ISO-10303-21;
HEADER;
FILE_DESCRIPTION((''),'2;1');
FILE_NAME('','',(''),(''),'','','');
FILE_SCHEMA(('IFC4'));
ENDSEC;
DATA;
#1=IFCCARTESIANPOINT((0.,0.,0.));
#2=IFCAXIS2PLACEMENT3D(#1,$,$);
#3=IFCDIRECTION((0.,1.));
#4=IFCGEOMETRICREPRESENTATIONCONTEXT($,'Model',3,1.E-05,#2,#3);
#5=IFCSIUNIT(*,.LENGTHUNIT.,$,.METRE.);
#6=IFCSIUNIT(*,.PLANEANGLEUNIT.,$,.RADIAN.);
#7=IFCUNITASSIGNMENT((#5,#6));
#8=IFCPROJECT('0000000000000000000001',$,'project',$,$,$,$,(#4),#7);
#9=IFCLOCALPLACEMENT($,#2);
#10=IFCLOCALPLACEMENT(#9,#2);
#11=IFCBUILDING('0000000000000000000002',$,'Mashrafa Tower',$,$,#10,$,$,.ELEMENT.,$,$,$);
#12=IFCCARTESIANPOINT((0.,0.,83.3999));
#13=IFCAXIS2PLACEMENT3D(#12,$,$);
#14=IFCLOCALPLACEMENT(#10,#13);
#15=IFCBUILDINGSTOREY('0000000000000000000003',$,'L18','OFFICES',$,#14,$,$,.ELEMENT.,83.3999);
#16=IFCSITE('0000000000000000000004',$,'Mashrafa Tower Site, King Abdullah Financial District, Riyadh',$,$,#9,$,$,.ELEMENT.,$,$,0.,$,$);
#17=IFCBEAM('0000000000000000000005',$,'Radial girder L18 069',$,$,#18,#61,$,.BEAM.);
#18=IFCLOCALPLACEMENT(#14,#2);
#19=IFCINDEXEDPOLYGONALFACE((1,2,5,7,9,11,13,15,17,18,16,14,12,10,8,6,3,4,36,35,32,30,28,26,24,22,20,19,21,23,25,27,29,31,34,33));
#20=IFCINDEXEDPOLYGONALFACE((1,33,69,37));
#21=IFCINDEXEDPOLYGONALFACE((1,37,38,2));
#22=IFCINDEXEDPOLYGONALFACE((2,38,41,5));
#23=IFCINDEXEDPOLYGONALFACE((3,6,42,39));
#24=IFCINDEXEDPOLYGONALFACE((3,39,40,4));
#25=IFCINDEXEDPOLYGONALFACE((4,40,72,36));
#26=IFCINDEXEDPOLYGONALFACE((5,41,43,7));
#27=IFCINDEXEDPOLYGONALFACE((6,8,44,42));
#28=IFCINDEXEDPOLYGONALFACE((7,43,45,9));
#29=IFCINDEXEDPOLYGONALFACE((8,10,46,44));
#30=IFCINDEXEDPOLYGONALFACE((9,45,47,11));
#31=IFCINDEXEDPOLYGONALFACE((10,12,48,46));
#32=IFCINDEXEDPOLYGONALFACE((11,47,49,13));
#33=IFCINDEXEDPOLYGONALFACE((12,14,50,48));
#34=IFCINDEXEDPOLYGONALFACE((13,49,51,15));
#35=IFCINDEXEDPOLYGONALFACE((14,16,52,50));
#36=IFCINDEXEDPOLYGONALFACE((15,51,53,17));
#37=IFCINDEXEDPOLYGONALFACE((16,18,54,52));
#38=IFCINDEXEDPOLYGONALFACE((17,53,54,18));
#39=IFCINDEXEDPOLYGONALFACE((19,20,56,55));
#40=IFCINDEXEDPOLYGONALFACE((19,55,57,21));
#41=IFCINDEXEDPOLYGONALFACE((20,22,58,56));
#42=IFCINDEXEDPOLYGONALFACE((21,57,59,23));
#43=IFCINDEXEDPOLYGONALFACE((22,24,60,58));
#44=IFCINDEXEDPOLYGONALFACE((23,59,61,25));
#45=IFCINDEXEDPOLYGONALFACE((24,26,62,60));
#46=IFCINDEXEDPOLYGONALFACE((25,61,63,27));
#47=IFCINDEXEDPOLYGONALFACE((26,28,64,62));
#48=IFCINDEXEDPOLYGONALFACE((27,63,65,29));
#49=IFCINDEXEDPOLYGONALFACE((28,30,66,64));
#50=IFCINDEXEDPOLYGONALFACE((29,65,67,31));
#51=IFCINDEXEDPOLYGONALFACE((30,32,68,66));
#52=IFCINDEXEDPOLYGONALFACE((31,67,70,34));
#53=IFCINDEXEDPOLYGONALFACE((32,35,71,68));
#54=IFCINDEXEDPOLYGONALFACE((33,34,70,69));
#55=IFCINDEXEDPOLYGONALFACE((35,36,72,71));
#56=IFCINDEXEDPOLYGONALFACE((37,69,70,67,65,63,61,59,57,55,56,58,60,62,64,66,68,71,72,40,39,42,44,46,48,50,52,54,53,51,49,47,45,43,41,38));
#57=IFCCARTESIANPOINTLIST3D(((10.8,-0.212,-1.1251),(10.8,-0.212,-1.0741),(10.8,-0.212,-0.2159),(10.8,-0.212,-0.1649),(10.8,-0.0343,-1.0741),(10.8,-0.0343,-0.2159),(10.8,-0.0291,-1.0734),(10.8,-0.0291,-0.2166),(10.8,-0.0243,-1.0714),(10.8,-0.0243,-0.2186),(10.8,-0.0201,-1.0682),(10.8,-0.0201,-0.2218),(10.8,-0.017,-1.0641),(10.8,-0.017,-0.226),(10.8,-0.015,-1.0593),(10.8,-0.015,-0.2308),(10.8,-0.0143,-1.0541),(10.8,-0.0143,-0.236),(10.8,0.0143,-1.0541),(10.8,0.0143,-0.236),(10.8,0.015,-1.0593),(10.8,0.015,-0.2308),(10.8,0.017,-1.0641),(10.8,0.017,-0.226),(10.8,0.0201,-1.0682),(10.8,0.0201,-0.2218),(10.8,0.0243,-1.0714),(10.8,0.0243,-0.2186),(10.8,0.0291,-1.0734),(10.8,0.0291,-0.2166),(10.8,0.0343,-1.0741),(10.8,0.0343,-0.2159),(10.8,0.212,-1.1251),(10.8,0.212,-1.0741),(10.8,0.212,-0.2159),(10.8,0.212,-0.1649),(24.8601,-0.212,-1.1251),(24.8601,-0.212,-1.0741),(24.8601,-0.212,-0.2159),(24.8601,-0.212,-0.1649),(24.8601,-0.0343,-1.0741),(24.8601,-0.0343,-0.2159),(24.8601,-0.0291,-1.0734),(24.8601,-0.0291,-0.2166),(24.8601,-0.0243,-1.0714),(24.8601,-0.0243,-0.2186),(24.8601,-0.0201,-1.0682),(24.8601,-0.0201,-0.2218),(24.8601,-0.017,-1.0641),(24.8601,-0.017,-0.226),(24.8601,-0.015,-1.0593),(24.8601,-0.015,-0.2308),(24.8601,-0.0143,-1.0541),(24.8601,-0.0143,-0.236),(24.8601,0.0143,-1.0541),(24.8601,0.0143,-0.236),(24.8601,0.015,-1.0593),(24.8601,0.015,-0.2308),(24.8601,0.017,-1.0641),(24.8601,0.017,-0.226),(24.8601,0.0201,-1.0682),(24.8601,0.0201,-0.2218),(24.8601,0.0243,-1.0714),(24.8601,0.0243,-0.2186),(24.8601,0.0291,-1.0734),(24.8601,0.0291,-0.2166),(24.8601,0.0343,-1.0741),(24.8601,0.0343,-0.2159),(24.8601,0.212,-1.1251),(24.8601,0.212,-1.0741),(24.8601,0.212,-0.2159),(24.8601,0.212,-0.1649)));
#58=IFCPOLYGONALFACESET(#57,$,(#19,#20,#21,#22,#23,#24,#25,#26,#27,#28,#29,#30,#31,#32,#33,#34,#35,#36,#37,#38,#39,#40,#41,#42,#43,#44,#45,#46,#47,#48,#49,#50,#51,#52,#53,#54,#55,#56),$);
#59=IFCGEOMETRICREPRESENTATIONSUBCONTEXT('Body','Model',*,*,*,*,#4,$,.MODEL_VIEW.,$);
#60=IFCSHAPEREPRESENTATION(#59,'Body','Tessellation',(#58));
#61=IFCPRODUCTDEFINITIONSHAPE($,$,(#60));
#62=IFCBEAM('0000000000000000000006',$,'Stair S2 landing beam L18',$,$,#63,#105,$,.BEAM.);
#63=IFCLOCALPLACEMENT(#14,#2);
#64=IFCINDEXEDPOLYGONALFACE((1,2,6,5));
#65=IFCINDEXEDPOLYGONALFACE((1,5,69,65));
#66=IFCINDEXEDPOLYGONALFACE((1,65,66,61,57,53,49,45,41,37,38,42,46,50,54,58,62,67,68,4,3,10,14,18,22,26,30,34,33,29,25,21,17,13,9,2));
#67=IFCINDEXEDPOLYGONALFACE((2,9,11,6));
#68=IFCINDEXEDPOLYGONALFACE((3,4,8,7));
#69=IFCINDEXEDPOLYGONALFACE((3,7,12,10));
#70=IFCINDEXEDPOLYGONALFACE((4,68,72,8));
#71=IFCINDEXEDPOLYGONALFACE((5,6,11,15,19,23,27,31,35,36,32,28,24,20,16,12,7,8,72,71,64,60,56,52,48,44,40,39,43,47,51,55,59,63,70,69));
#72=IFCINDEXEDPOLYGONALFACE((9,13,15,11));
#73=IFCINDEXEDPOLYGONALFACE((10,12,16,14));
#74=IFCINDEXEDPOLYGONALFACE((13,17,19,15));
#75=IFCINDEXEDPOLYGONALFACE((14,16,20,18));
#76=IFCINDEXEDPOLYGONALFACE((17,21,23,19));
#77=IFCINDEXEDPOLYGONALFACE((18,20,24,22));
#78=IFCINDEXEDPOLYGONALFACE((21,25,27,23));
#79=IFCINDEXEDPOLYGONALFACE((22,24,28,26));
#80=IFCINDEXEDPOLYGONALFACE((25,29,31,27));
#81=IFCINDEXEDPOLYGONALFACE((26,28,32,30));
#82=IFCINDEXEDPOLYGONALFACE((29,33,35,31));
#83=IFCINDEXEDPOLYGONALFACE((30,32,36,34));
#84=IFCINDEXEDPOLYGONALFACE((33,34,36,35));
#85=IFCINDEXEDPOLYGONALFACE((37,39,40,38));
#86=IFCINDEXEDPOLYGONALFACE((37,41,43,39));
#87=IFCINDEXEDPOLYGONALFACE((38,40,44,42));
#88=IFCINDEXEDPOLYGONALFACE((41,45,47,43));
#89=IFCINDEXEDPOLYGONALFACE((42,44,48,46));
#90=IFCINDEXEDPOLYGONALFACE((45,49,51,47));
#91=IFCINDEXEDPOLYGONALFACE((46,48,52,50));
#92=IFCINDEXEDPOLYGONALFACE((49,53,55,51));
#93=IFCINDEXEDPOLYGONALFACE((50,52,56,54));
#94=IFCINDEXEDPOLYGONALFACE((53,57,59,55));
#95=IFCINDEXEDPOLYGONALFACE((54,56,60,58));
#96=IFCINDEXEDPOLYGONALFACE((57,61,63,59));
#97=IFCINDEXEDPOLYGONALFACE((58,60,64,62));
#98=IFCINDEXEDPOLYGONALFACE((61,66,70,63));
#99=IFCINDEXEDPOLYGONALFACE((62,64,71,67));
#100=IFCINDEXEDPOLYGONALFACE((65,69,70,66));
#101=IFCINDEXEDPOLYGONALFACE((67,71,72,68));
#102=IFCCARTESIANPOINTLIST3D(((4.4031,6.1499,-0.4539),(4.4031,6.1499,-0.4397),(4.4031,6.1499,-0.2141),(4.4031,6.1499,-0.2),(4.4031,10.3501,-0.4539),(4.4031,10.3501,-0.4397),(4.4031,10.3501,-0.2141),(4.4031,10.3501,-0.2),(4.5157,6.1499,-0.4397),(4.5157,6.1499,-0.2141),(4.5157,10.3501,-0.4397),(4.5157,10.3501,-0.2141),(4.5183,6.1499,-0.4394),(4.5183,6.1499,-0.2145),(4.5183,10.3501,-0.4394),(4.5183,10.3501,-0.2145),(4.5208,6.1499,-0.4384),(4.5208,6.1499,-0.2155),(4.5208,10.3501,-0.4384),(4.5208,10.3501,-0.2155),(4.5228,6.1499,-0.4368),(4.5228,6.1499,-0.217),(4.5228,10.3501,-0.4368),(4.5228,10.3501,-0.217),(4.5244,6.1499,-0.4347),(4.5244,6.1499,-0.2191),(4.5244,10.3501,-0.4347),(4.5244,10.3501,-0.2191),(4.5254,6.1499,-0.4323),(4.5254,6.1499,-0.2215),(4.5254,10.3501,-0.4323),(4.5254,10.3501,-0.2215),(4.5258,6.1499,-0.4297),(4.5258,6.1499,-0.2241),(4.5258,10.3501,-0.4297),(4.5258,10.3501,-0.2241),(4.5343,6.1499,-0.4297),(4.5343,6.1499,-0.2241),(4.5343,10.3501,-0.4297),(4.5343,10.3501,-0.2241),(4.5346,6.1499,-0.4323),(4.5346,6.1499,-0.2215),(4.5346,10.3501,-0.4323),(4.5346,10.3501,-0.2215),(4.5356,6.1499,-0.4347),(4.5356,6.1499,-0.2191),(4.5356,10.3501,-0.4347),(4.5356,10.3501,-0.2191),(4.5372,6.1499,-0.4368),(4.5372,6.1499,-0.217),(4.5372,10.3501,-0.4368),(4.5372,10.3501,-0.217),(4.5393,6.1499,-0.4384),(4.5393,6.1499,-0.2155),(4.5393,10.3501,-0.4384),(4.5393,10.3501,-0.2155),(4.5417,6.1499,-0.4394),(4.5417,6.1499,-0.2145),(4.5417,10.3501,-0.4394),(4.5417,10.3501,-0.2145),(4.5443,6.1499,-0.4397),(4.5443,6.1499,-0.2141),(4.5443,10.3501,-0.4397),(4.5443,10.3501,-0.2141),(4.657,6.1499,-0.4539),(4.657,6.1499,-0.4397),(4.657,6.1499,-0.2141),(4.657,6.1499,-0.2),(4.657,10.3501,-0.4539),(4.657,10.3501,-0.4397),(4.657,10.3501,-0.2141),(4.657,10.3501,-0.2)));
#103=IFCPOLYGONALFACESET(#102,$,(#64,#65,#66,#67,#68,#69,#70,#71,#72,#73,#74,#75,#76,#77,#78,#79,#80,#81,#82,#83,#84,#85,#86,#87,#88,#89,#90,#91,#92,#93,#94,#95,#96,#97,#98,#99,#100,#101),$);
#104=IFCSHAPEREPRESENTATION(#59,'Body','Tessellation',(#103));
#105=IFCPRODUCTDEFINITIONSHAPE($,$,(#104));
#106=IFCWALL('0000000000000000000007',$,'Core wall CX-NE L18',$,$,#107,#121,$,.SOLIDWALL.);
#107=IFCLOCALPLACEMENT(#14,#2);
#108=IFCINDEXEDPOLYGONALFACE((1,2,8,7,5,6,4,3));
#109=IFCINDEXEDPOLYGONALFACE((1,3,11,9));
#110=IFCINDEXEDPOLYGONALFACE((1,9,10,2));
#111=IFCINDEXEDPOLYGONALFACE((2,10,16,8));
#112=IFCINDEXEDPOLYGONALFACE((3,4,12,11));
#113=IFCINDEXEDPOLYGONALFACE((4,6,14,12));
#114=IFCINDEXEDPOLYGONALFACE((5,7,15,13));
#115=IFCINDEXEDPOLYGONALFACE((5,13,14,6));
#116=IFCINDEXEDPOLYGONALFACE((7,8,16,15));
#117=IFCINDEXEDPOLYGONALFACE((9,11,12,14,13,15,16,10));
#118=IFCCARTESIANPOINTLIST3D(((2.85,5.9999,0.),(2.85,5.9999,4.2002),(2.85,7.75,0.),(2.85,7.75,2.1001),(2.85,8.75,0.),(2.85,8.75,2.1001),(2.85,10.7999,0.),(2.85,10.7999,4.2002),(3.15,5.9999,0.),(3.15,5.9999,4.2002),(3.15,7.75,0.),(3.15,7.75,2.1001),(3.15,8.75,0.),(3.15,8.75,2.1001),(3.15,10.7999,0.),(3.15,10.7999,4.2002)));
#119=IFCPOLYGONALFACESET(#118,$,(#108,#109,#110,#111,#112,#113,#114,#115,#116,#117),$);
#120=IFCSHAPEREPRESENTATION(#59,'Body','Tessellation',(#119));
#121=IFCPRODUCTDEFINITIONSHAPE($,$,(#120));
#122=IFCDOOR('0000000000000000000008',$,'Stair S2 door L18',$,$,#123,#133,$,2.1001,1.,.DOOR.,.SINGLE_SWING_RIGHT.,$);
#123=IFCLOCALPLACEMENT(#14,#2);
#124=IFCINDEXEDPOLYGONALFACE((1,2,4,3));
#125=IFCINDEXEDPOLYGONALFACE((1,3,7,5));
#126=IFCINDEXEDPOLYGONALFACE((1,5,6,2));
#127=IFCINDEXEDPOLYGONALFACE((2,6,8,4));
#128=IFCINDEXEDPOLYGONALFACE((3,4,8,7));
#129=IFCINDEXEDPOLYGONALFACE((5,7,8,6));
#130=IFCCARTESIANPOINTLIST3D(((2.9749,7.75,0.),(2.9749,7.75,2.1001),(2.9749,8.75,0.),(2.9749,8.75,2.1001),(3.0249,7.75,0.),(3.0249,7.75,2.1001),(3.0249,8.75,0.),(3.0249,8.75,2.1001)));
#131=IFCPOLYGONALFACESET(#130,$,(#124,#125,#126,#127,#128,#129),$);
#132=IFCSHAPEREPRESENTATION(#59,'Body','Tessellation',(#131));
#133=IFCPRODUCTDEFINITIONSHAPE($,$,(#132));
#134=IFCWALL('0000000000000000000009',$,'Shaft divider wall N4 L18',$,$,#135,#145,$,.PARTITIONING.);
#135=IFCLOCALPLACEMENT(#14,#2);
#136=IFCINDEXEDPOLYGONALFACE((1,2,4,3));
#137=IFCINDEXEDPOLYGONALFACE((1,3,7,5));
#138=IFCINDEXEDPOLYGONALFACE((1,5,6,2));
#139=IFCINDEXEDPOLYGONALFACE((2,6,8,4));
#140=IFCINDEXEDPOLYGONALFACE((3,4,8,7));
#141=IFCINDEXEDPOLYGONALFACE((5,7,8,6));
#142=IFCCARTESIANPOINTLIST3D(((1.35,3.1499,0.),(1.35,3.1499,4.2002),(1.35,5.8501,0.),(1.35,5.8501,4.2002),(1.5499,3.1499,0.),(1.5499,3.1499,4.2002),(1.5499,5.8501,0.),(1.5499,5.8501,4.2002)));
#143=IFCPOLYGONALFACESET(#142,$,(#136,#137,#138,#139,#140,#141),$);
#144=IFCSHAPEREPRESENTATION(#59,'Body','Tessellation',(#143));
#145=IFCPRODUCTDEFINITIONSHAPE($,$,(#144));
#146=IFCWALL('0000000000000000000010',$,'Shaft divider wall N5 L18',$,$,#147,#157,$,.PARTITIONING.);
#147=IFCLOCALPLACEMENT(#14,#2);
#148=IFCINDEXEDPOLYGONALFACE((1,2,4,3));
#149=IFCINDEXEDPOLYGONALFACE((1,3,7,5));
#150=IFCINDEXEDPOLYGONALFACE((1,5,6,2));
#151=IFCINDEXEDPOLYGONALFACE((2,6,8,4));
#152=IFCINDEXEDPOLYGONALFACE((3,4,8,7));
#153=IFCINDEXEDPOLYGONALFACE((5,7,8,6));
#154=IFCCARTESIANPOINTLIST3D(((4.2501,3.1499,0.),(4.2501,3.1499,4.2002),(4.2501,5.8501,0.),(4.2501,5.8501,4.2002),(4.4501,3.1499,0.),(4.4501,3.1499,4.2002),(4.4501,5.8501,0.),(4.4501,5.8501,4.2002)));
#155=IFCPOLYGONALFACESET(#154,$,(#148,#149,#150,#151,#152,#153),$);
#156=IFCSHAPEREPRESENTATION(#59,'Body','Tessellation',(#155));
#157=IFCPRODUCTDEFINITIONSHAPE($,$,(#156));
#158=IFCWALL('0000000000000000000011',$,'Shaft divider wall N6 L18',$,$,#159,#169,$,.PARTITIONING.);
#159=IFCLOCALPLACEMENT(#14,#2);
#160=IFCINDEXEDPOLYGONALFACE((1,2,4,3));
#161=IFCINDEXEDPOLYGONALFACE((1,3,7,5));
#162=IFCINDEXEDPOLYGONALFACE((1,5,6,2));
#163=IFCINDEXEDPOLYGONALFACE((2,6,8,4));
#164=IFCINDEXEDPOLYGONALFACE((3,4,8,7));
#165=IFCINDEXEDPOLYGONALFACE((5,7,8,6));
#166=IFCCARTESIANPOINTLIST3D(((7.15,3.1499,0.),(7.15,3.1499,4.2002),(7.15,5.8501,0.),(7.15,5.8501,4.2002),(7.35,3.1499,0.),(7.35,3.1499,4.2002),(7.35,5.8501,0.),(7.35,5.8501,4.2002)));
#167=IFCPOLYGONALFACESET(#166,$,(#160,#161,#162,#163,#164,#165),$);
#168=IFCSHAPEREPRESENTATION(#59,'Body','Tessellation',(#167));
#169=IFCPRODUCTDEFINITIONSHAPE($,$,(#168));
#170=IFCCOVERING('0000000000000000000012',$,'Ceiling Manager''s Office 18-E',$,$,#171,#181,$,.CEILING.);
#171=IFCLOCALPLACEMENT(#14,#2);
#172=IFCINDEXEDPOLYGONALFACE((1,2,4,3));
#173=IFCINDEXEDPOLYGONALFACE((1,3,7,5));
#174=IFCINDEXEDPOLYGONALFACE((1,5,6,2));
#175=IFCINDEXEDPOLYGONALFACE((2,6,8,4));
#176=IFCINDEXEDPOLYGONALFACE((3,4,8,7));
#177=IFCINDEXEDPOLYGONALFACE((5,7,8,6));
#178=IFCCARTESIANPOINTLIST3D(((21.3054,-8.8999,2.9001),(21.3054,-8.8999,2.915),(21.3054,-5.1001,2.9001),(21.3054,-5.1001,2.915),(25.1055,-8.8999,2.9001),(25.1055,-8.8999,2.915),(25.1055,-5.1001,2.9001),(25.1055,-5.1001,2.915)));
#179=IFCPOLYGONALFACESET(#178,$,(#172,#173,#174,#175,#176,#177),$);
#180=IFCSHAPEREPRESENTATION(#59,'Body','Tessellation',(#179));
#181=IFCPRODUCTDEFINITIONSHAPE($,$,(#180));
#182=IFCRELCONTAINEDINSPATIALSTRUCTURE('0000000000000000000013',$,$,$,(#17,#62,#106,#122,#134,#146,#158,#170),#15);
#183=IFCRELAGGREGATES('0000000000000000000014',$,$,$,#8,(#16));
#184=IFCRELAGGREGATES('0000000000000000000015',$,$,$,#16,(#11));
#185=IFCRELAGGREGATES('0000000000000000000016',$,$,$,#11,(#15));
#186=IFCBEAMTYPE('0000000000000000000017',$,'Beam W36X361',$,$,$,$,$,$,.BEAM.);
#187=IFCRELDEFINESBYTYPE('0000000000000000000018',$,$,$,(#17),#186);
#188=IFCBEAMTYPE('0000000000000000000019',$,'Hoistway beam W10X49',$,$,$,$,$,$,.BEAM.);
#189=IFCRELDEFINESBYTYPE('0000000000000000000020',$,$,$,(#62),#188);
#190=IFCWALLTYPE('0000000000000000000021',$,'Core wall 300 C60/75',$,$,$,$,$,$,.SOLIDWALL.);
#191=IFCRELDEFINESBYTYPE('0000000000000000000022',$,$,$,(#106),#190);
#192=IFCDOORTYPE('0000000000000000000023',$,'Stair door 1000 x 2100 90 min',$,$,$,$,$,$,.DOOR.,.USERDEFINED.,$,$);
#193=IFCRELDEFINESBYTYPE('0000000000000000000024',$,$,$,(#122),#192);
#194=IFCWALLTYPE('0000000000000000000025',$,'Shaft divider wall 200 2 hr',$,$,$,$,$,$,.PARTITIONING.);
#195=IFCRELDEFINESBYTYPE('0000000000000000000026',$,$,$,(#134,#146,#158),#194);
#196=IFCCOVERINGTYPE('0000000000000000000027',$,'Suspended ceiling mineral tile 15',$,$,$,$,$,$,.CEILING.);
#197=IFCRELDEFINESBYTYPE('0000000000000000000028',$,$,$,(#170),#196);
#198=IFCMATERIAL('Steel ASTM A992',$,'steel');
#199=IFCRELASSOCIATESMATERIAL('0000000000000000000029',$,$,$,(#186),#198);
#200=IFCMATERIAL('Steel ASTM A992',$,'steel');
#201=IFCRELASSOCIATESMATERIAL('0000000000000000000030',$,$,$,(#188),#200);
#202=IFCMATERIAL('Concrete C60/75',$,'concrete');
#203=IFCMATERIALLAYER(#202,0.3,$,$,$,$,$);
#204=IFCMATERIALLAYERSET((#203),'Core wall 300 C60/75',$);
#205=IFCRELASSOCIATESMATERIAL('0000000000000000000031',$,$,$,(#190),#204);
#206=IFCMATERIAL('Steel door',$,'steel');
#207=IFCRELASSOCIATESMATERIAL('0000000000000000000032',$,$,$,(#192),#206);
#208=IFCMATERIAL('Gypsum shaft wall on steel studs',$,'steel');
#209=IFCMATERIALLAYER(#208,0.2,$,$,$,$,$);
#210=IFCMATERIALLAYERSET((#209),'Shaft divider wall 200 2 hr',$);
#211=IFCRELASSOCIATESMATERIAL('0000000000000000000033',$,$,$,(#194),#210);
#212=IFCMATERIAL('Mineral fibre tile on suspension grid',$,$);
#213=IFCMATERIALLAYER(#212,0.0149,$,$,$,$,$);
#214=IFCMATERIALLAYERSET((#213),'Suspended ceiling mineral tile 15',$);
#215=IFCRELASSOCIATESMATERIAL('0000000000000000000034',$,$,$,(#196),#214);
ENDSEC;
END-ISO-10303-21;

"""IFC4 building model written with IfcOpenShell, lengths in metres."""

from ifc_helpers import new_model, si_unit, direction, frame, frame_2d, origin, origin_2d, place, context, subcontext, project, spatial, polyline, rectangle, i_section, outline, extrude, material, layer, layer_set, material_profile, profile_set, type_object, element, fill, save


model = new_model("IFC4")

# Units and contexts
model_context = context("Model", 3, precision=1e-05, world=origin(), true_north=direction((0.0, 1.0)))
body_context = subcontext(model_context, "Body", "Model", "MODEL_VIEW")
ifc_project = project(units=[si_unit("LENGTHUNIT", "METRE"), si_unit("PLANEANGLEUNIT", "RADIAN")], contexts=[model_context])

# Site, building, storey
site_placement = place(None, origin())
site = spatial("IfcSite", under=ifc_project, at=site_placement, Name="Mashrafa Tower Site, King Abdullah Financial District, Riyadh", CompositionType="ELEMENT", RefElevation=0.0)
building_placement = place(site_placement, origin())
building = spatial("IfcBuilding", under=site, at=building_placement, Name="Mashrafa Tower", CompositionType="ELEMENT")
storey_placement = place(building_placement, frame((0.0, 0.0, 83.3999)))
storey = spatial("IfcBuildingStorey", under=building, at=storey_placement, Name="L18", Description="OFFICES", CompositionType="ELEMENT", Elevation=83.3999)

# Beams
ifc_material_1 = material(Name="Steel ASTM A992", Category="steel")
ifc_material_profile_1 = material_profile(ifc_material_1, i_section(OverallWidth=0.4241, OverallDepth=0.9602, WebThickness=0.0286, FlangeThickness=0.051, FilletRadius=0.02, at=origin_2d()), Name="W36X361")
ifc_profile_set_1 = profile_set([ifc_material_profile_1], Name="Steel ASTM A992")
beam_type_1 = type_object("IfcBeamType", Name="Beam W36X361", PredefinedType="BEAM", material=ifc_profile_set_1)
beam_1_placement = place(storey_placement, frame((10.8, 0.0, -0.645), z_axis=(1.0, 0.0, 0.0), x_axis=(0.0, 1.0, 0.0)))
element("IfcBeam", 1, at=beam_1_placement, inside=storey, type_object=beam_type_1, Name="Radial girder L18 069", PredefinedType="BEAM", context=body_context, shape_type="SweptSolid", body=[
    extrude(i_section(OverallWidth=0.4241, OverallDepth=0.9602, WebThickness=0.0286, FlangeThickness=0.051, FilletRadius=0.02, at=origin_2d()), origin(), (0.0, 0.0, 1.0), 14.0601),
])
ifc_material_2 = material(Name="Steel ASTM A992", Category="steel")
ifc_material_profile_2 = material_profile(ifc_material_2, i_section(OverallWidth=0.2539, OverallDepth=0.2539, WebThickness=0.0085, FlangeThickness=0.0142, FilletRadius=0.01, at=origin_2d()), Name="W10X49")
ifc_profile_set_2 = profile_set([ifc_material_profile_2], Name="Steel ASTM A992")
beam_type_2 = type_object("IfcBeamType", Name="Hoistway beam W10X49", PredefinedType="BEAM", material=ifc_profile_set_2)
beam_2_placement = place(storey_placement, frame((4.53, 6.1499, -0.3269), z_axis=(0.0, 1.0, 0.0), x_axis=(-1.0, 0.0, 0.0)))
element("IfcBeam", 2, at=beam_2_placement, inside=storey, type_object=beam_type_2, Name="Stair S2 landing beam L18", PredefinedType="BEAM", context=body_context, shape_type="SweptSolid", body=[
    extrude(i_section(OverallWidth=0.2539, OverallDepth=0.2539, WebThickness=0.0085, FlangeThickness=0.0142, FilletRadius=0.01, at=origin_2d()), origin(), (0.0, 0.0, 1.0), 4.2002),
])

# Wall, opening, door
ifc_material_3 = material(Name="Concrete C60/75", Category="concrete")
ifc_layer_1 = layer(ifc_material_3, 0.3)
ifc_layer_set_1 = layer_set([ifc_layer_1], Name="Core wall 300 C60/75")
wall_type_1 = type_object("IfcWallType", Name="Core wall 300 C60/75", PredefinedType="SOLIDWALL", material=ifc_layer_set_1)
wall_placement = place(storey_placement, frame((3.0, 6.0, 0.0), z_axis=(0.0, 0.0, 1.0), x_axis=(0.0, 1.0, 0.0)))
wall = element("IfcWall", 3, at=wall_placement, inside=storey, type_object=wall_type_1, Name="Core wall CX-NE L18", PredefinedType="SOLIDWALL", context=body_context, shape_type="SweptSolid", body=[
    extrude(rectangle(XDim=4.8, YDim=0.3, at=frame_2d((2.3999, 0.0))), origin(), (0.0, 0.0, 1.0), 4.2002),
])
opening_placement = place(wall_placement, frame((1.75, 0.0, 0.0)))
opening = element("IfcOpeningElement", 4, at=opening_placement, cuts=wall, PredefinedType="OPENING", context=body_context, shape_type="SweptSolid", body=[
    extrude(rectangle(XDim=1.0, YDim=2.1001, at=frame_2d((0.5, 1.05))), frame((0.0, 0.1599, 0.0), z_axis=(0.0, -1.0, 0.0), x_axis=(1.0, 0.0, 0.0)), (0.0, 0.0, 1.0), 0.3201),
])
ifc_material_4 = material(Name="Steel door", Category="steel")
door_type = type_object("IfcDoorType", Name="Stair door 1000 x 2100 90 min", OperationType="USERDEFINED", PredefinedType="DOOR", material=ifc_material_4)
door_placement = place(opening_placement, frame((1.0, 0.0, 0.0), z_axis=(0.0, 0.0, 1.0), x_axis=(-1.0, 0.0, 0.0)))
door = element("IfcDoor", 5, at=door_placement, inside=storey, type_object=door_type, Name="Stair S2 door L18", OperationType="SINGLE_SWING_RIGHT", OverallHeight=2.1001, OverallWidth=1.0, PredefinedType="DOOR", context=body_context, shape_type="SweptSolid", body=[
    extrude(rectangle(XDim=1.0, YDim=2.1001, at=frame_2d((0.5, 1.05))), frame((0.0, 0.0249, 0.0), z_axis=(0.0, -1.0, 0.0), x_axis=(1.0, 0.0, 0.0)), (0.0, 0.0, 1.0), 0.05),
])
fill(opening, door)

# Walls
ifc_material_5 = material(Name="Gypsum shaft wall on steel studs", Category="steel")
ifc_layer_2 = layer(ifc_material_5, 0.2)
ifc_layer_set_2 = layer_set([ifc_layer_2], Name="Shaft divider wall 200 2 hr")
wall_type_2 = type_object("IfcWallType", Name="Shaft divider wall 200 2 hr", PredefinedType="PARTITIONING", material=ifc_layer_set_2)
for number, where, z_axis, x_axis, name in (
    (6, (1.45, 3.1499, 0.0), (0.0, 0.0, 1.0), (0.0, 1.0, 0.0), "Shaft divider wall N4 L18"),
    (7, (4.3501, 3.1499, 0.0), (0.0, 0.0, 1.0), (0.0, 1.0, 0.0), "Shaft divider wall N5 L18"),
    (8, (7.25, 3.1499, 0.0), (0.0, 0.0, 1.0), (0.0, 1.0, 0.0), "Shaft divider wall N6 L18"),
):
    element("IfcWall", number, at=place(storey_placement, frame(where, z_axis=z_axis, x_axis=x_axis)), inside=storey, type_object=wall_type_2, Name=name, PredefinedType="PARTITIONING", context=body_context, shape_type="SweptSolid", body=[
        extrude(rectangle(XDim=2.7002, YDim=0.2, at=frame_2d((1.3501, 0.0))), origin(), (0.0, 0.0, 1.0), 4.2002),
    ])

# Covering
ifc_material_6 = material(Name="Mineral fibre tile on suspension grid")
ifc_layer_3 = layer(ifc_material_6, 0.0149)
ifc_layer_set_3 = layer_set([ifc_layer_3], Name="Suspended ceiling mineral tile 15")
covering_type = type_object("IfcCoveringType", Name="Suspended ceiling mineral tile 15", PredefinedType="CEILING", material=ifc_layer_set_3)
covering_1_placement = place(storey_placement, frame((0.0, 0.0, 2.9001)))
element("IfcCovering", 9, at=covering_1_placement, inside=storey, type_object=covering_type, Name="Ceiling Manager's Office 18-E", PredefinedType="CEILING", context=body_context, shape_type="SweptSolid", body=[
    extrude(outline(polyline([(21.3054, -5.1001), (25.1055, -5.1001), (25.1055, -8.8999), (21.3054, -8.8999), (21.3054, -5.1001)])), origin(), (0.0, 0.0, 1.0), 0.0149),
])

save(model, "model.ifc")
